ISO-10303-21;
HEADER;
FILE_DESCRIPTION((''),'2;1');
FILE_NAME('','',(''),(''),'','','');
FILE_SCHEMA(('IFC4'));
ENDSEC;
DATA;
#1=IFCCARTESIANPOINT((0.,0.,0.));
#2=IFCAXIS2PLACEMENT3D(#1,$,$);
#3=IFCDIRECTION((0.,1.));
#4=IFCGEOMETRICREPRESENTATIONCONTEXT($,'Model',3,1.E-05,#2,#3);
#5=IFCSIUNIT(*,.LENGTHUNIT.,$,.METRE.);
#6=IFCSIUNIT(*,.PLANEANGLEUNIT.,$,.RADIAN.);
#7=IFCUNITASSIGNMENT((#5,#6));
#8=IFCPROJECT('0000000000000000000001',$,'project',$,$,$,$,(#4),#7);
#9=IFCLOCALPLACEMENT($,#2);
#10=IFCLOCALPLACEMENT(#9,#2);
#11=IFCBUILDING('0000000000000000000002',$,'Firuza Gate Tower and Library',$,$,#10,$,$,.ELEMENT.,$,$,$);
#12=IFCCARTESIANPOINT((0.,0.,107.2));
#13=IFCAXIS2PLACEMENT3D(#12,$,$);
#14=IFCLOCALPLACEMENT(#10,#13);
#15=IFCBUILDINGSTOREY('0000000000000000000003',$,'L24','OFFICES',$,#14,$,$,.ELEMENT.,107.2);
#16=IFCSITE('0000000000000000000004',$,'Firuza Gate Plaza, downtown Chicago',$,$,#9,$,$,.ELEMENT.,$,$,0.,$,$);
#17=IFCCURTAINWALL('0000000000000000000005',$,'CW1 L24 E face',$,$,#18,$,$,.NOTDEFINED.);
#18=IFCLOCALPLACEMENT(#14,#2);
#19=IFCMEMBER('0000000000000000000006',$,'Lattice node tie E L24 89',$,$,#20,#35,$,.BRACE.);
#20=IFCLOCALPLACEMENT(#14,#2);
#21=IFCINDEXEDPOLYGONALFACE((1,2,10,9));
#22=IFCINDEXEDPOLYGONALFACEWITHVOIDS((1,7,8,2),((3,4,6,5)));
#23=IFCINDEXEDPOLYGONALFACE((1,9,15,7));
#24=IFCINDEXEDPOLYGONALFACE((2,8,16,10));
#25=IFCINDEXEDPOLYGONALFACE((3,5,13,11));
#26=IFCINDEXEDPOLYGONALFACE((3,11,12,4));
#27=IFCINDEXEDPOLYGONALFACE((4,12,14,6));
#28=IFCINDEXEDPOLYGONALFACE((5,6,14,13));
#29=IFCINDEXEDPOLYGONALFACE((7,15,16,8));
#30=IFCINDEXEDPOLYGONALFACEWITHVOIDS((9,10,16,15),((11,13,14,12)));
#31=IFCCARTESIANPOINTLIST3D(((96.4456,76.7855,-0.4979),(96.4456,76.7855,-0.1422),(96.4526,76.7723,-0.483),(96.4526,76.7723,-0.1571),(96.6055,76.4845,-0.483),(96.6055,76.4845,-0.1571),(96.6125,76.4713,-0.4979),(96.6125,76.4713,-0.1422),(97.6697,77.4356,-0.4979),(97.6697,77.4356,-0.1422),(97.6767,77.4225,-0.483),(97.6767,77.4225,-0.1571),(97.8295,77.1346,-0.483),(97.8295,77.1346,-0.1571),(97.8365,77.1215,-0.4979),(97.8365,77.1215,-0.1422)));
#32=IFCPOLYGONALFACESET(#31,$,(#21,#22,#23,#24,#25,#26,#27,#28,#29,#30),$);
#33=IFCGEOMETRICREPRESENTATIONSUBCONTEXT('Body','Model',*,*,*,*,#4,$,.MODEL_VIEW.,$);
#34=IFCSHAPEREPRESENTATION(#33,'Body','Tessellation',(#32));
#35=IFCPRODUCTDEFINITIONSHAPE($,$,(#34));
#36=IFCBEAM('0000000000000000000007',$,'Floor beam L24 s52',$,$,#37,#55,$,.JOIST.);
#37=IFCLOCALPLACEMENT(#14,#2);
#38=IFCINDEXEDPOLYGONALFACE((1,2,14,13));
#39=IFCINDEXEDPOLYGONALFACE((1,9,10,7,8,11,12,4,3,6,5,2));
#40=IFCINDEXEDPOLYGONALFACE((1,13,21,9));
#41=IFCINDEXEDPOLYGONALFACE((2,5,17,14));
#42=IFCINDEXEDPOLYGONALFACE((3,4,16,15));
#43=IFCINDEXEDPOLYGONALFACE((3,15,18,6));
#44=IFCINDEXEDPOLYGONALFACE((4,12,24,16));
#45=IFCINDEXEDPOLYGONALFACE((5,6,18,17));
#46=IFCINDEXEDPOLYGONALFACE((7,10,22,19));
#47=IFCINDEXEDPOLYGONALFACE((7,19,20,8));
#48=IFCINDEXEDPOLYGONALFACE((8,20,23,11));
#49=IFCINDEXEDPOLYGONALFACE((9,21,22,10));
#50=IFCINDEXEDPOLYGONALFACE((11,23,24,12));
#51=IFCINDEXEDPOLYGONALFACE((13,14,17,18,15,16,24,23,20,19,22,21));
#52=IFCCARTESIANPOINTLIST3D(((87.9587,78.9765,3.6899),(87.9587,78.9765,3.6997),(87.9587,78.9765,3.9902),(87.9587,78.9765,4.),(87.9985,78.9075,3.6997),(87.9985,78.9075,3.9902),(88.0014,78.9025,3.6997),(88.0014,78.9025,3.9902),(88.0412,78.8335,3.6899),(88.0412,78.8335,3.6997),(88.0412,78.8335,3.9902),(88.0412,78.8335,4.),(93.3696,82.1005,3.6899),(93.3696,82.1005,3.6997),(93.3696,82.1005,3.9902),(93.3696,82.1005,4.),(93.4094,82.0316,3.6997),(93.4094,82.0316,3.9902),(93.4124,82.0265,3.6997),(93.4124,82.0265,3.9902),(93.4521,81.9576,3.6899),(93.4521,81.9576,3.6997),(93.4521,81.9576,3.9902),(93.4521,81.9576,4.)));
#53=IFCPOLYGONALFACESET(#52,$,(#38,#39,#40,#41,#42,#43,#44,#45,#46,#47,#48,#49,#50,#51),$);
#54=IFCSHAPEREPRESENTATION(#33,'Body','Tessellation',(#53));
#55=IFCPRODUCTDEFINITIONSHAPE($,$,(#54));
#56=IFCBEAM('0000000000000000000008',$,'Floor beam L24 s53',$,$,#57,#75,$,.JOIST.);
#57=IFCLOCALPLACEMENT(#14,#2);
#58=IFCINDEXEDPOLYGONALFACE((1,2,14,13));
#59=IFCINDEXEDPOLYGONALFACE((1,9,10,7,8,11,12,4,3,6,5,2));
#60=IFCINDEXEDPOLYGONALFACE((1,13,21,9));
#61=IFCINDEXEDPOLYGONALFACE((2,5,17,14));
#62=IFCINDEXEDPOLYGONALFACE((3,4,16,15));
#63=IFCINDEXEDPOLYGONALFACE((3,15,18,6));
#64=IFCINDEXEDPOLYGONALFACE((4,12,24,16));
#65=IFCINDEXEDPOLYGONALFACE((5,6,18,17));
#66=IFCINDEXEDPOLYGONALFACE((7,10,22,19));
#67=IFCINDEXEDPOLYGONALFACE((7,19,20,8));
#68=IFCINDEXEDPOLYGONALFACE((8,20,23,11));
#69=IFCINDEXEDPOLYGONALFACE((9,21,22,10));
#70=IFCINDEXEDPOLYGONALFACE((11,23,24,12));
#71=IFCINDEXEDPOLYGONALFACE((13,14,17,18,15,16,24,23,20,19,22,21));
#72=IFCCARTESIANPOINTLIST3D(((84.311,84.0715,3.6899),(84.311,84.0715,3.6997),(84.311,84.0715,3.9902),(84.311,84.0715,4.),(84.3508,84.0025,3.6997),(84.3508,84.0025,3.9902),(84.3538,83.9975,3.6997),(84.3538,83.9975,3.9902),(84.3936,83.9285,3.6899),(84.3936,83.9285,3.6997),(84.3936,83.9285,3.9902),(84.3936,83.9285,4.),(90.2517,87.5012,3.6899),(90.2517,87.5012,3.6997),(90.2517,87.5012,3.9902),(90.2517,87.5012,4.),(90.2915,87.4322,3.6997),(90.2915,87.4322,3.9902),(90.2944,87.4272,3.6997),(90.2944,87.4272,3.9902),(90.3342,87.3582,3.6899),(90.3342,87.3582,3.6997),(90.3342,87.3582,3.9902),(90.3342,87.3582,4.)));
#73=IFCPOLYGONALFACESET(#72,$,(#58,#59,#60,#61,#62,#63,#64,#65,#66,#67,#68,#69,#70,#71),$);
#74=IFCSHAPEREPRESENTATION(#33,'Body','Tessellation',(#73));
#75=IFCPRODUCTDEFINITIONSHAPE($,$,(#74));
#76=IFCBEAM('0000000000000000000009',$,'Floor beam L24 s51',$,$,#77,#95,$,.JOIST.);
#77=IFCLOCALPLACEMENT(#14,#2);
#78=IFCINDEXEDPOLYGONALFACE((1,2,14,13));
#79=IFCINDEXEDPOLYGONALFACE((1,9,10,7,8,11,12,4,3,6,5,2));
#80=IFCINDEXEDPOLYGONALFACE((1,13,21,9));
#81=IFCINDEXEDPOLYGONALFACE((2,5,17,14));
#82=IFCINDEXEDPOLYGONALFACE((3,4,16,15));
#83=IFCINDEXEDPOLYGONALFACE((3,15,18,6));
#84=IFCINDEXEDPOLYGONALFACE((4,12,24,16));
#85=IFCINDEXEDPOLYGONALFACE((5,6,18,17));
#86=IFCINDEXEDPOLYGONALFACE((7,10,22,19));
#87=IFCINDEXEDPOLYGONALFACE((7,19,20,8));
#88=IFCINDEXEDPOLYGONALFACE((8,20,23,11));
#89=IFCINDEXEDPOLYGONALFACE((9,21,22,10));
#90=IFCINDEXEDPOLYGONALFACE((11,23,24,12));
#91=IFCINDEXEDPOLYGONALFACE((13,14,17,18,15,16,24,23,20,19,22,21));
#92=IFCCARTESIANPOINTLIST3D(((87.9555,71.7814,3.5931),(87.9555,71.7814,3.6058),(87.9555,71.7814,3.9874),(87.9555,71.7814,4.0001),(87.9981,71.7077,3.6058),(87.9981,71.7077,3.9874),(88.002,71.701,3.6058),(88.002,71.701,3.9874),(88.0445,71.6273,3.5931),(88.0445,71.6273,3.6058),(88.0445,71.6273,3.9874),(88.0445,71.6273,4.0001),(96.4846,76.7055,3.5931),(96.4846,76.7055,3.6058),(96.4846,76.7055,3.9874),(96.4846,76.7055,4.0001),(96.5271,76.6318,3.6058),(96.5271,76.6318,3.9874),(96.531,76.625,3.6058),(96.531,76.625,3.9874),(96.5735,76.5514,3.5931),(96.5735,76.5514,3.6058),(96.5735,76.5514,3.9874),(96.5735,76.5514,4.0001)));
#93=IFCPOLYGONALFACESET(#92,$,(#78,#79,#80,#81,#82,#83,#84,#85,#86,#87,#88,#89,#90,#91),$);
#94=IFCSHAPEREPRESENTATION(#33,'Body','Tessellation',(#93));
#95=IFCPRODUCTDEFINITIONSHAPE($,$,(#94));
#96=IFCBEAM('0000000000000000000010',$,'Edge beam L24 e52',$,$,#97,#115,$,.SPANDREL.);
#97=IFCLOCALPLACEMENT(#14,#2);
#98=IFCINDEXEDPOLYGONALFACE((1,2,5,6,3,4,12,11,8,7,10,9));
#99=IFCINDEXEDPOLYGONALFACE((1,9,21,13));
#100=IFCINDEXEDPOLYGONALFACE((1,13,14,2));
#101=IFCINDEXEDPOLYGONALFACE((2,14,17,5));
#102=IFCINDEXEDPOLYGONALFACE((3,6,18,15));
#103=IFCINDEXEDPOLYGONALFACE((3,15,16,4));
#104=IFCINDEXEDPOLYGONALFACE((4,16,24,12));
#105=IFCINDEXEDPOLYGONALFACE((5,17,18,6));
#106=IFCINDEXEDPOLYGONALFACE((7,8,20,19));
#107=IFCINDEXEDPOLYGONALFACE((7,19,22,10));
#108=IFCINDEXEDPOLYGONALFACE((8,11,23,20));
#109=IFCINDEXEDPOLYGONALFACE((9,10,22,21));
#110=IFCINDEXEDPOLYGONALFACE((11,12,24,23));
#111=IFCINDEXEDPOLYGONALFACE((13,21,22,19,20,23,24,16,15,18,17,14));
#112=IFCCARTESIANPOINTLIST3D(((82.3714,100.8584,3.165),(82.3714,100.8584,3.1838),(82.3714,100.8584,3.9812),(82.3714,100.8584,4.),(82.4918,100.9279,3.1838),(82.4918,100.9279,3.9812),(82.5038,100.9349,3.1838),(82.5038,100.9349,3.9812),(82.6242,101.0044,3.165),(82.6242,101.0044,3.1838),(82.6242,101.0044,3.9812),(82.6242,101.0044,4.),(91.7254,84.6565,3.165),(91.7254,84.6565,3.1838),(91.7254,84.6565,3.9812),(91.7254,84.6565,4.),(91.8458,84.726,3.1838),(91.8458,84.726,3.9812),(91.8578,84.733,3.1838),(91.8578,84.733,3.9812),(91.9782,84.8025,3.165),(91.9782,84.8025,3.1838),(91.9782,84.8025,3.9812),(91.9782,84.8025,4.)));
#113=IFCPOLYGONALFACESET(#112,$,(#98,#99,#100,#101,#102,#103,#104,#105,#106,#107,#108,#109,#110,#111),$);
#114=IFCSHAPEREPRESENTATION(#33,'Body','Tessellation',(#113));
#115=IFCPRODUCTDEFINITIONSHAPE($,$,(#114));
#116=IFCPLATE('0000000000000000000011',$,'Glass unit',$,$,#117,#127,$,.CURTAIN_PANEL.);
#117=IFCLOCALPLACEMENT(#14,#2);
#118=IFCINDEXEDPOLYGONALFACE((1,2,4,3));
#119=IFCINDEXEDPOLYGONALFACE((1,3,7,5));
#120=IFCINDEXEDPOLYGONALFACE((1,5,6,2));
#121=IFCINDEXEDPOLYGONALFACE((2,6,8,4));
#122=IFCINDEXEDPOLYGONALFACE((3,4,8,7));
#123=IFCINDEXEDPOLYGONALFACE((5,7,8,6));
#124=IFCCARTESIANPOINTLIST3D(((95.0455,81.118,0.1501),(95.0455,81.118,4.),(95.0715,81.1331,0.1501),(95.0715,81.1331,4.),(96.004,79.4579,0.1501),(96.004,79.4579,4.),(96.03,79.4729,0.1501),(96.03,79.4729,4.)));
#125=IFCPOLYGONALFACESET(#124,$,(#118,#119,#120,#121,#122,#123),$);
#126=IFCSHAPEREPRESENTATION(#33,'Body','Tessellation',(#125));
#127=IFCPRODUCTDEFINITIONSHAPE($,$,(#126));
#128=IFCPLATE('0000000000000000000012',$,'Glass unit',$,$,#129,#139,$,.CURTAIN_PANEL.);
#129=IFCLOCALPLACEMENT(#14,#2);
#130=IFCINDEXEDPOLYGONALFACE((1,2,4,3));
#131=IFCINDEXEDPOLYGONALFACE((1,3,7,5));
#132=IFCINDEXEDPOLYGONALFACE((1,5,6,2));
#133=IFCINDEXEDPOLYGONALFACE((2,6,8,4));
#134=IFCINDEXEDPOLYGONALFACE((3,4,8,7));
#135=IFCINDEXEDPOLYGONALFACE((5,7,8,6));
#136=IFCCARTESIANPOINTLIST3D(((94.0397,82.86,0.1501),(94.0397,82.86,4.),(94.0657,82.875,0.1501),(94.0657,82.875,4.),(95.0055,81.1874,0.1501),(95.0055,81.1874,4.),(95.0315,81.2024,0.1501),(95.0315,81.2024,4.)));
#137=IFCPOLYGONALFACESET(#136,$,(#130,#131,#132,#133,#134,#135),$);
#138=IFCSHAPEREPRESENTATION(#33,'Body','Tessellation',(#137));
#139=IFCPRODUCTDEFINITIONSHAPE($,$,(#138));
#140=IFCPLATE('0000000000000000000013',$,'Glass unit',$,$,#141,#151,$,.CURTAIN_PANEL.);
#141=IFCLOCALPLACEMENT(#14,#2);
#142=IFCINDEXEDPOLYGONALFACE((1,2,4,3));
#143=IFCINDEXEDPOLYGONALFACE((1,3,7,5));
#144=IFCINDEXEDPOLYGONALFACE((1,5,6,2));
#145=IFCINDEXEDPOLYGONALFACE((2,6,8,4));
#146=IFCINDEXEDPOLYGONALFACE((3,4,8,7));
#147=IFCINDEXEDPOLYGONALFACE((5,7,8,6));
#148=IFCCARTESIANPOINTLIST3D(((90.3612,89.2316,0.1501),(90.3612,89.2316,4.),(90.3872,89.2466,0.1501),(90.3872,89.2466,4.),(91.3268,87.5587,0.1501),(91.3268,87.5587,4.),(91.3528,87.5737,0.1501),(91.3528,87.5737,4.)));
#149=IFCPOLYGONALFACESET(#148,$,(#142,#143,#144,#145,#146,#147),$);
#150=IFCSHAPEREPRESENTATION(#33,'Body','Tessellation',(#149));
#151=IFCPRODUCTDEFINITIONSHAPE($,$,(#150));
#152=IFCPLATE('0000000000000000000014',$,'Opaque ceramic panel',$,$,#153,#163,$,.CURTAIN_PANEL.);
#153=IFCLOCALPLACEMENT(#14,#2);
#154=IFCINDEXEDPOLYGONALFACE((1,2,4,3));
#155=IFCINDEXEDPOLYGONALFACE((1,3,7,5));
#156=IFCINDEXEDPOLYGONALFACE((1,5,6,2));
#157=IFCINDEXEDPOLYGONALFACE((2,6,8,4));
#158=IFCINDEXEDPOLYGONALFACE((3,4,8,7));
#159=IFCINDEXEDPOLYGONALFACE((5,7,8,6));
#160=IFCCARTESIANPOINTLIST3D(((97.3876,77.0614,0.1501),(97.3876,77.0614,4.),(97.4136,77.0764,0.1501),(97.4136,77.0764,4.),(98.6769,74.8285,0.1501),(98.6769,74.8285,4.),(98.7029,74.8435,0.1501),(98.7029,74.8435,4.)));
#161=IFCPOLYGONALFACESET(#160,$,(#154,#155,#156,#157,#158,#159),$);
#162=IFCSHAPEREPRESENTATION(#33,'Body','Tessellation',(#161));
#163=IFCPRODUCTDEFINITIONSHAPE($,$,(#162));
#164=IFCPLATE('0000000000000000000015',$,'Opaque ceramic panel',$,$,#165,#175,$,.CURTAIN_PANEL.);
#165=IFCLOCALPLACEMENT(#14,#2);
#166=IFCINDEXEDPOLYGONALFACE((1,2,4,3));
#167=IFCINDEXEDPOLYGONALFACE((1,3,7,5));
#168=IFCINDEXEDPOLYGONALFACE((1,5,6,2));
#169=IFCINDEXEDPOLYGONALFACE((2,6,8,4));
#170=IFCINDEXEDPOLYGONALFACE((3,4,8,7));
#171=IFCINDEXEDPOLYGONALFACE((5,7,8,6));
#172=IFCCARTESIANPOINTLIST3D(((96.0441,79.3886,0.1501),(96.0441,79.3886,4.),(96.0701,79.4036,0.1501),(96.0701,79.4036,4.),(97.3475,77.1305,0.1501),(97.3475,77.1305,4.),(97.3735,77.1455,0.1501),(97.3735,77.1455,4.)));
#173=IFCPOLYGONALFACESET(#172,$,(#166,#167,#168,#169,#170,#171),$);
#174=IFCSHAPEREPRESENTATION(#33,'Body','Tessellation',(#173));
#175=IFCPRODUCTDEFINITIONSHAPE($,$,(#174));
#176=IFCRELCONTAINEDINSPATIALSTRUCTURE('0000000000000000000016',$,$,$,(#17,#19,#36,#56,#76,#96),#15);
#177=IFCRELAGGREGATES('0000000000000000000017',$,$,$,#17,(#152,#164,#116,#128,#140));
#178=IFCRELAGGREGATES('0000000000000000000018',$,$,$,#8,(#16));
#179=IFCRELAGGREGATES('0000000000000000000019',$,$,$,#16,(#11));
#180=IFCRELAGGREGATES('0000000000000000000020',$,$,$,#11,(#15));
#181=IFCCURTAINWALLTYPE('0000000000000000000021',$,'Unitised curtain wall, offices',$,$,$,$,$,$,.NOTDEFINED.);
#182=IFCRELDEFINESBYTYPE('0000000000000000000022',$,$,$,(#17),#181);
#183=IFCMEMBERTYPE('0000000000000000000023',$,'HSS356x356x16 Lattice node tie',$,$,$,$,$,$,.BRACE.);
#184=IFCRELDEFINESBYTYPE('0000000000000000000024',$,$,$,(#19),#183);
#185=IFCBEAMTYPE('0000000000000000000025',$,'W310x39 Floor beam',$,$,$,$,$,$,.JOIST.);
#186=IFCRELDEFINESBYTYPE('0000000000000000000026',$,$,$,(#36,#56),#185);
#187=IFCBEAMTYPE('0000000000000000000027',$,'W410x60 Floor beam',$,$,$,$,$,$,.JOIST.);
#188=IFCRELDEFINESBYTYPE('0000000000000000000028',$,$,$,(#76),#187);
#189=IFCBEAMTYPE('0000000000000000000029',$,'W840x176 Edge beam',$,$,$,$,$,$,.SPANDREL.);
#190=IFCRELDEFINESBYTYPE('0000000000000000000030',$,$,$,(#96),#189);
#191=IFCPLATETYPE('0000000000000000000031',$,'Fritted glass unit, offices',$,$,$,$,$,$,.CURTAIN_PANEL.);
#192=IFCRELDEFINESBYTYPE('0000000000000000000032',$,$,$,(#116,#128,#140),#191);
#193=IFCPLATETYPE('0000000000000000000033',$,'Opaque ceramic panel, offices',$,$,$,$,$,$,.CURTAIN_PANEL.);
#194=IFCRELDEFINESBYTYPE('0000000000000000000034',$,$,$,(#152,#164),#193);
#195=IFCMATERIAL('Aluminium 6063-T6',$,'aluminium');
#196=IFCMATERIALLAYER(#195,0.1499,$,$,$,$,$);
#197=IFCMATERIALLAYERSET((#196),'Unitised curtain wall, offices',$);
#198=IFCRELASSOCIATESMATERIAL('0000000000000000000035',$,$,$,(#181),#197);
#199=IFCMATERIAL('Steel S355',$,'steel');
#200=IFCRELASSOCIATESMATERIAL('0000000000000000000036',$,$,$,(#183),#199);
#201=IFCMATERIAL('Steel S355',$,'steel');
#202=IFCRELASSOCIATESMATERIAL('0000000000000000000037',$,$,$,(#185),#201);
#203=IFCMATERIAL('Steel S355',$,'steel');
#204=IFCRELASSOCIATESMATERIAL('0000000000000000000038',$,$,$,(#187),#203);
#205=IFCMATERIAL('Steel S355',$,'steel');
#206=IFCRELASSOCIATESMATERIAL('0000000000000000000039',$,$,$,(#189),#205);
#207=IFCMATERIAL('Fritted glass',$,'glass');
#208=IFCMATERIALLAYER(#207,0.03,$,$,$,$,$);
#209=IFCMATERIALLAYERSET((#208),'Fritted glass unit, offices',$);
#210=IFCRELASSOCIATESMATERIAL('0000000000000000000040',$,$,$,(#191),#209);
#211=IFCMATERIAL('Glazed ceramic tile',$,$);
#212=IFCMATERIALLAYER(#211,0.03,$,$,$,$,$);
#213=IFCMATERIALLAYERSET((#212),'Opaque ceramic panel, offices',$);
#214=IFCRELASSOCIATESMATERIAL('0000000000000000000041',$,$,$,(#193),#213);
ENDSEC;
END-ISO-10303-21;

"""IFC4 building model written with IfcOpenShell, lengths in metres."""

from ifc_helpers import new_model, si_unit, direction, frame, origin, origin_2d, place, context, subcontext, project, spatial, polyline, hollow_rectangle, i_section, outline, extrude, material, layer, layer_set, material_profile, profile_set, type_object, element, aggregate, save


model = new_model("IFC4")

# Units and contexts
model_context = context("Model", 3, precision=1e-05, world=origin(), true_north=direction((0.0, 1.0)))
body_context = subcontext(model_context, "Body", "Model", "MODEL_VIEW")
ifc_project = project(units=[si_unit("LENGTHUNIT", "METRE"), si_unit("PLANEANGLEUNIT", "RADIAN")], contexts=[model_context])

# Site, building, storey
site_placement = place(None, origin())
site = spatial("IfcSite", under=ifc_project, at=site_placement, Name="Firuza Gate Plaza, downtown Chicago", CompositionType="ELEMENT", RefElevation=0.0)
building_placement = place(site_placement, origin())
building = spatial("IfcBuilding", under=site, at=building_placement, Name="Firuza Gate Tower and Library", CompositionType="ELEMENT")
storey_placement = place(building_placement, frame((0.0, 0.0, 107.2)))
storey = spatial("IfcBuildingStorey", under=building, at=storey_placement, Name="L24", Description="OFFICES", CompositionType="ELEMENT", Elevation=107.2)

# Curtain wall
ifc_material_1 = material(Name="Aluminium 6063-T6", Category="aluminium")
ifc_layer_1 = layer(ifc_material_1, 0.1499)
ifc_layer_set_1 = layer_set([ifc_layer_1], Name="Unitised curtain wall, offices")
curtain_wall_type = type_object("IfcCurtainWallType", Name="Unitised curtain wall, offices", PredefinedType="NOTDEFINED", material=ifc_layer_set_1)
curtain_wall_placement = place(storey_placement, origin())
curtain_wall = element("IfcCurtainWall", 1, at=curtain_wall_placement, inside=storey, type_object=curtain_wall_type, Name="CW1 L24 E face", PredefinedType="NOTDEFINED")

# Member
ifc_material_2 = material(Name="Steel S355", Category="steel")
ifc_material_profile_1 = material_profile(ifc_material_2, hollow_rectangle(XDim=0.3557, YDim=0.3557, WallThickness=0.0149, at=origin_2d()))
ifc_profile_set_1 = profile_set([ifc_material_profile_1], Name="Steel S355")
member_type_1 = type_object("IfcMemberType", Name="HSS356x356x16 Lattice node tie", PredefinedType="BRACE", material=ifc_profile_set_1)
member_1_placement = place(storey_placement, frame((96.5291, 76.6284, -0.3201), z_axis=(0.883166, 0.469061, 0.0), x_axis=(-0.469061, 0.883166, 0.0)))
element("IfcMember", 2, at=member_1_placement, inside=storey, type_object=member_type_1, Name="Lattice node tie E L24 89", PredefinedType="BRACE", context=body_context, shape_type="SweptSolid", body=[
    extrude(hollow_rectangle(XDim=0.3557, YDim=0.3557, WallThickness=0.0149, at=origin_2d()), origin(), (0.0, 0.0, 1.0), 1.386),
])

# Beams
ifc_material_3 = material(Name="Steel S355", Category="steel")
ifc_material_profile_2 = material_profile(ifc_material_3, i_section(OverallWidth=0.165, OverallDepth=0.3101, WebThickness=0.0059, FlangeThickness=0.0098, at=origin_2d()))
ifc_profile_set_2 = profile_set([ifc_material_profile_2], Name="Steel S355")
beam_type_1 = type_object("IfcBeamType", Name="W310x39 Floor beam", PredefinedType="JOIST", material=ifc_profile_set_2)
beam_1_placement = place(storey_placement, frame((93.4109, 82.0291, 3.845), z_axis=(-0.866022, -0.500005, 0.0), x_axis=(0.500005, -0.866022, 0.0)))
element("IfcBeam", 3, at=beam_1_placement, inside=storey, type_object=beam_type_1, Name="Floor beam L24 s52", PredefinedType="JOIST", context=body_context, shape_type="SweptSolid", body=[
    extrude(i_section(OverallWidth=0.165, OverallDepth=0.3101, WebThickness=0.0059, FlangeThickness=0.0098, at=origin_2d()), origin(), (0.0, 0.0, 1.0), 6.248),
])
beam_2_placement = place(storey_placement, frame((90.293, 87.4297, 3.845), z_axis=(-0.866036, -0.499982, 0.0), x_axis=(0.499982, -0.866036, 0.0)))
element("IfcBeam", 4, at=beam_2_placement, inside=storey, type_object=beam_type_1, Name="Floor beam L24 s53", PredefinedType="JOIST", context=body_context, shape_type="SweptSolid", body=[
    extrude(i_section(OverallWidth=0.165, OverallDepth=0.3101, WebThickness=0.0059, FlangeThickness=0.0098, at=origin_2d()), origin(), (0.0, 0.0, 1.0), 6.8596),
])
ifc_material_4 = material(Name="Steel S355", Category="steel")
ifc_material_profile_3 = material_profile(ifc_material_4, i_section(OverallWidth=0.178, OverallDepth=0.407, WebThickness=0.0078, FlangeThickness=0.0127, at=origin_2d()))
ifc_profile_set_3 = profile_set([ifc_material_profile_3], Name="Steel S355")
beam_type_2 = type_object("IfcBeamType", Name="W410x60 Floor beam", PredefinedType="JOIST", material=ifc_profile_set_3)
beam_3_placement = place(storey_placement, frame((96.5291, 76.6284, 3.7966), z_axis=(-0.866033, -0.499986, 0.0), x_axis=(0.499986, -0.866033, 0.0)))
element("IfcBeam", 5, at=beam_3_placement, inside=storey, type_object=beam_type_2, Name="Floor beam L24 s51", PredefinedType="JOIST", context=body_context, shape_type="SweptSolid", body=[
    extrude(i_section(OverallWidth=0.178, OverallDepth=0.407, WebThickness=0.0078, FlangeThickness=0.0127, at=origin_2d()), origin(), (0.0, 0.0, 1.0), 9.8484),
])
ifc_material_5 = material(Name="Steel S355", Category="steel")
ifc_material_profile_4 = material_profile(ifc_material_5, i_section(OverallWidth=0.292, OverallDepth=0.835, WebThickness=0.0139, FlangeThickness=0.0188, at=origin_2d()))
ifc_profile_set_4 = profile_set([ifc_material_profile_4], Name="Steel S355")
beam_type_3 = type_object("IfcBeamType", Name="W840x176 Edge beam", PredefinedType="SPANDREL", material=ifc_profile_set_4)
beam_4_placement = place(storey_placement, frame((91.8518, 84.7295, 3.5825), z_axis=(-0.499993, 0.866029, 0.0), x_axis=(-0.866029, -0.499993, 0.0)))
element("IfcBeam", 6, at=beam_4_placement, inside=storey, type_object=beam_type_3, Name="Edge beam L24 e52", PredefinedType="SPANDREL", context=body_context, shape_type="SweptSolid", body=[
    extrude(i_section(OverallWidth=0.292, OverallDepth=0.835, WebThickness=0.0139, FlangeThickness=0.0188, at=origin_2d()), origin(), (0.0, 0.0, 1.0), 18.7083),
])

# Plates
ifc_material_6 = material(Name="Fritted glass", Category="glass")
ifc_layer_2 = layer(ifc_material_6, 0.03)
ifc_layer_set_2 = layer_set([ifc_layer_2], Name="Fritted glass unit, offices")
plate_type_1 = type_object("IfcPlateType", Name="Fritted glass unit, offices", PredefinedType="CURTAIN_PANEL", material=ifc_layer_set_2)
plate_1_placement = place(storey_placement, frame((96.03, 79.4729, 0.1501), z_axis=(0.866024, 0.500002, 0.0), x_axis=(-0.500002, 0.866024, 0.0)))
plate_1 = element("IfcPlate", 7, at=plate_1_placement, type_object=plate_type_1, Name="Glass unit", PredefinedType="CURTAIN_PANEL", context=body_context, shape_type="SweptSolid", body=[
    extrude(outline(polyline([(0.0, 0.0), (1.917, 0.0), (1.917, 3.8499), (0.0, 3.8499), (0.0, 0.0)])), origin(), (0.0, 0.0, -1.0), 0.03),
])
plate_2_placement = place(storey_placement, frame((95.0315, 81.2024, 0.1501), z_axis=(0.865994, 0.500054, 0.0), x_axis=(-0.500054, 0.865994, 0.0)))
plate_2 = element("IfcPlate", 8, at=plate_2_placement, type_object=plate_type_1, Name="Glass unit", PredefinedType="CURTAIN_PANEL", context=body_context, shape_type="SweptSolid", body=[
    extrude(outline(polyline([(0.0, 0.0), (1.9314, 0.0), (1.9314, 3.8499), (0.0, 3.8499), (0.0, 0.0)])), origin(), (0.0, 0.0, -1.0), 0.03),
])
plate_3_placement = place(storey_placement, frame((91.3528, 87.5737, 0.1501), z_axis=(0.86608, 0.499905, 0.0), x_axis=(-0.499905, 0.86608, 0.0)))
plate_3 = element("IfcPlate", 9, at=plate_3_placement, type_object=plate_type_1, Name="Glass unit", PredefinedType="CURTAIN_PANEL", context=body_context, shape_type="SweptSolid", body=[
    extrude(outline(polyline([(0.0, 0.0), (1.9315, 0.0), (1.9315, 3.8499), (0.0, 3.8499), (0.0, 0.0)])), origin(), (0.0, 0.0, -1.0), 0.03),
])
ifc_material_7 = material(Name="Glazed ceramic tile")
ifc_layer_3 = layer(ifc_material_7, 0.03)
ifc_layer_set_3 = layer_set([ifc_layer_3], Name="Opaque ceramic panel, offices")
plate_type_2 = type_object("IfcPlateType", Name="Opaque ceramic panel, offices", PredefinedType="CURTAIN_PANEL", material=ifc_layer_set_3)
plate_4_placement = place(storey_placement, frame((98.7029, 74.8435, 0.1501), z_axis=(0.866003, 0.500039, 0.0), x_axis=(-0.500039, 0.866003, 0.0)))
plate_4 = element("IfcPlate", 10, at=plate_4_placement, type_object=plate_type_2, Name="Opaque ceramic panel", PredefinedType="CURTAIN_PANEL", context=body_context, shape_type="SweptSolid", body=[
    extrude(outline(polyline([(0.0, 0.0), (2.5784, 0.0), (2.5784, 3.8499), (0.0, 3.8499), (0.0, 0.0)])), origin(), (0.0, 0.0, -1.0), 0.03),
])
plate_5_placement = place(storey_placement, frame((97.3735, 77.1455, 0.1501), z_axis=(0.866062, 0.499936, 0.0), x_axis=(-0.499936, 0.866062, 0.0)))
plate_5 = element("IfcPlate", 11, at=plate_5_placement, type_object=plate_type_2, Name="Opaque ceramic panel", PredefinedType="CURTAIN_PANEL", context=body_context, shape_type="SweptSolid", body=[
    extrude(outline(polyline([(0.0, 0.0), (2.6073, 0.0), (2.6073, 3.8499), (0.0, 3.8499), (0.0, 0.0)])), origin(), (0.0, 0.0, -1.0), 0.03),
])
aggregate(curtain_wall, [plate_4, plate_5, plate_1, plate_2, plate_3])

save(model, "model.ifc")
